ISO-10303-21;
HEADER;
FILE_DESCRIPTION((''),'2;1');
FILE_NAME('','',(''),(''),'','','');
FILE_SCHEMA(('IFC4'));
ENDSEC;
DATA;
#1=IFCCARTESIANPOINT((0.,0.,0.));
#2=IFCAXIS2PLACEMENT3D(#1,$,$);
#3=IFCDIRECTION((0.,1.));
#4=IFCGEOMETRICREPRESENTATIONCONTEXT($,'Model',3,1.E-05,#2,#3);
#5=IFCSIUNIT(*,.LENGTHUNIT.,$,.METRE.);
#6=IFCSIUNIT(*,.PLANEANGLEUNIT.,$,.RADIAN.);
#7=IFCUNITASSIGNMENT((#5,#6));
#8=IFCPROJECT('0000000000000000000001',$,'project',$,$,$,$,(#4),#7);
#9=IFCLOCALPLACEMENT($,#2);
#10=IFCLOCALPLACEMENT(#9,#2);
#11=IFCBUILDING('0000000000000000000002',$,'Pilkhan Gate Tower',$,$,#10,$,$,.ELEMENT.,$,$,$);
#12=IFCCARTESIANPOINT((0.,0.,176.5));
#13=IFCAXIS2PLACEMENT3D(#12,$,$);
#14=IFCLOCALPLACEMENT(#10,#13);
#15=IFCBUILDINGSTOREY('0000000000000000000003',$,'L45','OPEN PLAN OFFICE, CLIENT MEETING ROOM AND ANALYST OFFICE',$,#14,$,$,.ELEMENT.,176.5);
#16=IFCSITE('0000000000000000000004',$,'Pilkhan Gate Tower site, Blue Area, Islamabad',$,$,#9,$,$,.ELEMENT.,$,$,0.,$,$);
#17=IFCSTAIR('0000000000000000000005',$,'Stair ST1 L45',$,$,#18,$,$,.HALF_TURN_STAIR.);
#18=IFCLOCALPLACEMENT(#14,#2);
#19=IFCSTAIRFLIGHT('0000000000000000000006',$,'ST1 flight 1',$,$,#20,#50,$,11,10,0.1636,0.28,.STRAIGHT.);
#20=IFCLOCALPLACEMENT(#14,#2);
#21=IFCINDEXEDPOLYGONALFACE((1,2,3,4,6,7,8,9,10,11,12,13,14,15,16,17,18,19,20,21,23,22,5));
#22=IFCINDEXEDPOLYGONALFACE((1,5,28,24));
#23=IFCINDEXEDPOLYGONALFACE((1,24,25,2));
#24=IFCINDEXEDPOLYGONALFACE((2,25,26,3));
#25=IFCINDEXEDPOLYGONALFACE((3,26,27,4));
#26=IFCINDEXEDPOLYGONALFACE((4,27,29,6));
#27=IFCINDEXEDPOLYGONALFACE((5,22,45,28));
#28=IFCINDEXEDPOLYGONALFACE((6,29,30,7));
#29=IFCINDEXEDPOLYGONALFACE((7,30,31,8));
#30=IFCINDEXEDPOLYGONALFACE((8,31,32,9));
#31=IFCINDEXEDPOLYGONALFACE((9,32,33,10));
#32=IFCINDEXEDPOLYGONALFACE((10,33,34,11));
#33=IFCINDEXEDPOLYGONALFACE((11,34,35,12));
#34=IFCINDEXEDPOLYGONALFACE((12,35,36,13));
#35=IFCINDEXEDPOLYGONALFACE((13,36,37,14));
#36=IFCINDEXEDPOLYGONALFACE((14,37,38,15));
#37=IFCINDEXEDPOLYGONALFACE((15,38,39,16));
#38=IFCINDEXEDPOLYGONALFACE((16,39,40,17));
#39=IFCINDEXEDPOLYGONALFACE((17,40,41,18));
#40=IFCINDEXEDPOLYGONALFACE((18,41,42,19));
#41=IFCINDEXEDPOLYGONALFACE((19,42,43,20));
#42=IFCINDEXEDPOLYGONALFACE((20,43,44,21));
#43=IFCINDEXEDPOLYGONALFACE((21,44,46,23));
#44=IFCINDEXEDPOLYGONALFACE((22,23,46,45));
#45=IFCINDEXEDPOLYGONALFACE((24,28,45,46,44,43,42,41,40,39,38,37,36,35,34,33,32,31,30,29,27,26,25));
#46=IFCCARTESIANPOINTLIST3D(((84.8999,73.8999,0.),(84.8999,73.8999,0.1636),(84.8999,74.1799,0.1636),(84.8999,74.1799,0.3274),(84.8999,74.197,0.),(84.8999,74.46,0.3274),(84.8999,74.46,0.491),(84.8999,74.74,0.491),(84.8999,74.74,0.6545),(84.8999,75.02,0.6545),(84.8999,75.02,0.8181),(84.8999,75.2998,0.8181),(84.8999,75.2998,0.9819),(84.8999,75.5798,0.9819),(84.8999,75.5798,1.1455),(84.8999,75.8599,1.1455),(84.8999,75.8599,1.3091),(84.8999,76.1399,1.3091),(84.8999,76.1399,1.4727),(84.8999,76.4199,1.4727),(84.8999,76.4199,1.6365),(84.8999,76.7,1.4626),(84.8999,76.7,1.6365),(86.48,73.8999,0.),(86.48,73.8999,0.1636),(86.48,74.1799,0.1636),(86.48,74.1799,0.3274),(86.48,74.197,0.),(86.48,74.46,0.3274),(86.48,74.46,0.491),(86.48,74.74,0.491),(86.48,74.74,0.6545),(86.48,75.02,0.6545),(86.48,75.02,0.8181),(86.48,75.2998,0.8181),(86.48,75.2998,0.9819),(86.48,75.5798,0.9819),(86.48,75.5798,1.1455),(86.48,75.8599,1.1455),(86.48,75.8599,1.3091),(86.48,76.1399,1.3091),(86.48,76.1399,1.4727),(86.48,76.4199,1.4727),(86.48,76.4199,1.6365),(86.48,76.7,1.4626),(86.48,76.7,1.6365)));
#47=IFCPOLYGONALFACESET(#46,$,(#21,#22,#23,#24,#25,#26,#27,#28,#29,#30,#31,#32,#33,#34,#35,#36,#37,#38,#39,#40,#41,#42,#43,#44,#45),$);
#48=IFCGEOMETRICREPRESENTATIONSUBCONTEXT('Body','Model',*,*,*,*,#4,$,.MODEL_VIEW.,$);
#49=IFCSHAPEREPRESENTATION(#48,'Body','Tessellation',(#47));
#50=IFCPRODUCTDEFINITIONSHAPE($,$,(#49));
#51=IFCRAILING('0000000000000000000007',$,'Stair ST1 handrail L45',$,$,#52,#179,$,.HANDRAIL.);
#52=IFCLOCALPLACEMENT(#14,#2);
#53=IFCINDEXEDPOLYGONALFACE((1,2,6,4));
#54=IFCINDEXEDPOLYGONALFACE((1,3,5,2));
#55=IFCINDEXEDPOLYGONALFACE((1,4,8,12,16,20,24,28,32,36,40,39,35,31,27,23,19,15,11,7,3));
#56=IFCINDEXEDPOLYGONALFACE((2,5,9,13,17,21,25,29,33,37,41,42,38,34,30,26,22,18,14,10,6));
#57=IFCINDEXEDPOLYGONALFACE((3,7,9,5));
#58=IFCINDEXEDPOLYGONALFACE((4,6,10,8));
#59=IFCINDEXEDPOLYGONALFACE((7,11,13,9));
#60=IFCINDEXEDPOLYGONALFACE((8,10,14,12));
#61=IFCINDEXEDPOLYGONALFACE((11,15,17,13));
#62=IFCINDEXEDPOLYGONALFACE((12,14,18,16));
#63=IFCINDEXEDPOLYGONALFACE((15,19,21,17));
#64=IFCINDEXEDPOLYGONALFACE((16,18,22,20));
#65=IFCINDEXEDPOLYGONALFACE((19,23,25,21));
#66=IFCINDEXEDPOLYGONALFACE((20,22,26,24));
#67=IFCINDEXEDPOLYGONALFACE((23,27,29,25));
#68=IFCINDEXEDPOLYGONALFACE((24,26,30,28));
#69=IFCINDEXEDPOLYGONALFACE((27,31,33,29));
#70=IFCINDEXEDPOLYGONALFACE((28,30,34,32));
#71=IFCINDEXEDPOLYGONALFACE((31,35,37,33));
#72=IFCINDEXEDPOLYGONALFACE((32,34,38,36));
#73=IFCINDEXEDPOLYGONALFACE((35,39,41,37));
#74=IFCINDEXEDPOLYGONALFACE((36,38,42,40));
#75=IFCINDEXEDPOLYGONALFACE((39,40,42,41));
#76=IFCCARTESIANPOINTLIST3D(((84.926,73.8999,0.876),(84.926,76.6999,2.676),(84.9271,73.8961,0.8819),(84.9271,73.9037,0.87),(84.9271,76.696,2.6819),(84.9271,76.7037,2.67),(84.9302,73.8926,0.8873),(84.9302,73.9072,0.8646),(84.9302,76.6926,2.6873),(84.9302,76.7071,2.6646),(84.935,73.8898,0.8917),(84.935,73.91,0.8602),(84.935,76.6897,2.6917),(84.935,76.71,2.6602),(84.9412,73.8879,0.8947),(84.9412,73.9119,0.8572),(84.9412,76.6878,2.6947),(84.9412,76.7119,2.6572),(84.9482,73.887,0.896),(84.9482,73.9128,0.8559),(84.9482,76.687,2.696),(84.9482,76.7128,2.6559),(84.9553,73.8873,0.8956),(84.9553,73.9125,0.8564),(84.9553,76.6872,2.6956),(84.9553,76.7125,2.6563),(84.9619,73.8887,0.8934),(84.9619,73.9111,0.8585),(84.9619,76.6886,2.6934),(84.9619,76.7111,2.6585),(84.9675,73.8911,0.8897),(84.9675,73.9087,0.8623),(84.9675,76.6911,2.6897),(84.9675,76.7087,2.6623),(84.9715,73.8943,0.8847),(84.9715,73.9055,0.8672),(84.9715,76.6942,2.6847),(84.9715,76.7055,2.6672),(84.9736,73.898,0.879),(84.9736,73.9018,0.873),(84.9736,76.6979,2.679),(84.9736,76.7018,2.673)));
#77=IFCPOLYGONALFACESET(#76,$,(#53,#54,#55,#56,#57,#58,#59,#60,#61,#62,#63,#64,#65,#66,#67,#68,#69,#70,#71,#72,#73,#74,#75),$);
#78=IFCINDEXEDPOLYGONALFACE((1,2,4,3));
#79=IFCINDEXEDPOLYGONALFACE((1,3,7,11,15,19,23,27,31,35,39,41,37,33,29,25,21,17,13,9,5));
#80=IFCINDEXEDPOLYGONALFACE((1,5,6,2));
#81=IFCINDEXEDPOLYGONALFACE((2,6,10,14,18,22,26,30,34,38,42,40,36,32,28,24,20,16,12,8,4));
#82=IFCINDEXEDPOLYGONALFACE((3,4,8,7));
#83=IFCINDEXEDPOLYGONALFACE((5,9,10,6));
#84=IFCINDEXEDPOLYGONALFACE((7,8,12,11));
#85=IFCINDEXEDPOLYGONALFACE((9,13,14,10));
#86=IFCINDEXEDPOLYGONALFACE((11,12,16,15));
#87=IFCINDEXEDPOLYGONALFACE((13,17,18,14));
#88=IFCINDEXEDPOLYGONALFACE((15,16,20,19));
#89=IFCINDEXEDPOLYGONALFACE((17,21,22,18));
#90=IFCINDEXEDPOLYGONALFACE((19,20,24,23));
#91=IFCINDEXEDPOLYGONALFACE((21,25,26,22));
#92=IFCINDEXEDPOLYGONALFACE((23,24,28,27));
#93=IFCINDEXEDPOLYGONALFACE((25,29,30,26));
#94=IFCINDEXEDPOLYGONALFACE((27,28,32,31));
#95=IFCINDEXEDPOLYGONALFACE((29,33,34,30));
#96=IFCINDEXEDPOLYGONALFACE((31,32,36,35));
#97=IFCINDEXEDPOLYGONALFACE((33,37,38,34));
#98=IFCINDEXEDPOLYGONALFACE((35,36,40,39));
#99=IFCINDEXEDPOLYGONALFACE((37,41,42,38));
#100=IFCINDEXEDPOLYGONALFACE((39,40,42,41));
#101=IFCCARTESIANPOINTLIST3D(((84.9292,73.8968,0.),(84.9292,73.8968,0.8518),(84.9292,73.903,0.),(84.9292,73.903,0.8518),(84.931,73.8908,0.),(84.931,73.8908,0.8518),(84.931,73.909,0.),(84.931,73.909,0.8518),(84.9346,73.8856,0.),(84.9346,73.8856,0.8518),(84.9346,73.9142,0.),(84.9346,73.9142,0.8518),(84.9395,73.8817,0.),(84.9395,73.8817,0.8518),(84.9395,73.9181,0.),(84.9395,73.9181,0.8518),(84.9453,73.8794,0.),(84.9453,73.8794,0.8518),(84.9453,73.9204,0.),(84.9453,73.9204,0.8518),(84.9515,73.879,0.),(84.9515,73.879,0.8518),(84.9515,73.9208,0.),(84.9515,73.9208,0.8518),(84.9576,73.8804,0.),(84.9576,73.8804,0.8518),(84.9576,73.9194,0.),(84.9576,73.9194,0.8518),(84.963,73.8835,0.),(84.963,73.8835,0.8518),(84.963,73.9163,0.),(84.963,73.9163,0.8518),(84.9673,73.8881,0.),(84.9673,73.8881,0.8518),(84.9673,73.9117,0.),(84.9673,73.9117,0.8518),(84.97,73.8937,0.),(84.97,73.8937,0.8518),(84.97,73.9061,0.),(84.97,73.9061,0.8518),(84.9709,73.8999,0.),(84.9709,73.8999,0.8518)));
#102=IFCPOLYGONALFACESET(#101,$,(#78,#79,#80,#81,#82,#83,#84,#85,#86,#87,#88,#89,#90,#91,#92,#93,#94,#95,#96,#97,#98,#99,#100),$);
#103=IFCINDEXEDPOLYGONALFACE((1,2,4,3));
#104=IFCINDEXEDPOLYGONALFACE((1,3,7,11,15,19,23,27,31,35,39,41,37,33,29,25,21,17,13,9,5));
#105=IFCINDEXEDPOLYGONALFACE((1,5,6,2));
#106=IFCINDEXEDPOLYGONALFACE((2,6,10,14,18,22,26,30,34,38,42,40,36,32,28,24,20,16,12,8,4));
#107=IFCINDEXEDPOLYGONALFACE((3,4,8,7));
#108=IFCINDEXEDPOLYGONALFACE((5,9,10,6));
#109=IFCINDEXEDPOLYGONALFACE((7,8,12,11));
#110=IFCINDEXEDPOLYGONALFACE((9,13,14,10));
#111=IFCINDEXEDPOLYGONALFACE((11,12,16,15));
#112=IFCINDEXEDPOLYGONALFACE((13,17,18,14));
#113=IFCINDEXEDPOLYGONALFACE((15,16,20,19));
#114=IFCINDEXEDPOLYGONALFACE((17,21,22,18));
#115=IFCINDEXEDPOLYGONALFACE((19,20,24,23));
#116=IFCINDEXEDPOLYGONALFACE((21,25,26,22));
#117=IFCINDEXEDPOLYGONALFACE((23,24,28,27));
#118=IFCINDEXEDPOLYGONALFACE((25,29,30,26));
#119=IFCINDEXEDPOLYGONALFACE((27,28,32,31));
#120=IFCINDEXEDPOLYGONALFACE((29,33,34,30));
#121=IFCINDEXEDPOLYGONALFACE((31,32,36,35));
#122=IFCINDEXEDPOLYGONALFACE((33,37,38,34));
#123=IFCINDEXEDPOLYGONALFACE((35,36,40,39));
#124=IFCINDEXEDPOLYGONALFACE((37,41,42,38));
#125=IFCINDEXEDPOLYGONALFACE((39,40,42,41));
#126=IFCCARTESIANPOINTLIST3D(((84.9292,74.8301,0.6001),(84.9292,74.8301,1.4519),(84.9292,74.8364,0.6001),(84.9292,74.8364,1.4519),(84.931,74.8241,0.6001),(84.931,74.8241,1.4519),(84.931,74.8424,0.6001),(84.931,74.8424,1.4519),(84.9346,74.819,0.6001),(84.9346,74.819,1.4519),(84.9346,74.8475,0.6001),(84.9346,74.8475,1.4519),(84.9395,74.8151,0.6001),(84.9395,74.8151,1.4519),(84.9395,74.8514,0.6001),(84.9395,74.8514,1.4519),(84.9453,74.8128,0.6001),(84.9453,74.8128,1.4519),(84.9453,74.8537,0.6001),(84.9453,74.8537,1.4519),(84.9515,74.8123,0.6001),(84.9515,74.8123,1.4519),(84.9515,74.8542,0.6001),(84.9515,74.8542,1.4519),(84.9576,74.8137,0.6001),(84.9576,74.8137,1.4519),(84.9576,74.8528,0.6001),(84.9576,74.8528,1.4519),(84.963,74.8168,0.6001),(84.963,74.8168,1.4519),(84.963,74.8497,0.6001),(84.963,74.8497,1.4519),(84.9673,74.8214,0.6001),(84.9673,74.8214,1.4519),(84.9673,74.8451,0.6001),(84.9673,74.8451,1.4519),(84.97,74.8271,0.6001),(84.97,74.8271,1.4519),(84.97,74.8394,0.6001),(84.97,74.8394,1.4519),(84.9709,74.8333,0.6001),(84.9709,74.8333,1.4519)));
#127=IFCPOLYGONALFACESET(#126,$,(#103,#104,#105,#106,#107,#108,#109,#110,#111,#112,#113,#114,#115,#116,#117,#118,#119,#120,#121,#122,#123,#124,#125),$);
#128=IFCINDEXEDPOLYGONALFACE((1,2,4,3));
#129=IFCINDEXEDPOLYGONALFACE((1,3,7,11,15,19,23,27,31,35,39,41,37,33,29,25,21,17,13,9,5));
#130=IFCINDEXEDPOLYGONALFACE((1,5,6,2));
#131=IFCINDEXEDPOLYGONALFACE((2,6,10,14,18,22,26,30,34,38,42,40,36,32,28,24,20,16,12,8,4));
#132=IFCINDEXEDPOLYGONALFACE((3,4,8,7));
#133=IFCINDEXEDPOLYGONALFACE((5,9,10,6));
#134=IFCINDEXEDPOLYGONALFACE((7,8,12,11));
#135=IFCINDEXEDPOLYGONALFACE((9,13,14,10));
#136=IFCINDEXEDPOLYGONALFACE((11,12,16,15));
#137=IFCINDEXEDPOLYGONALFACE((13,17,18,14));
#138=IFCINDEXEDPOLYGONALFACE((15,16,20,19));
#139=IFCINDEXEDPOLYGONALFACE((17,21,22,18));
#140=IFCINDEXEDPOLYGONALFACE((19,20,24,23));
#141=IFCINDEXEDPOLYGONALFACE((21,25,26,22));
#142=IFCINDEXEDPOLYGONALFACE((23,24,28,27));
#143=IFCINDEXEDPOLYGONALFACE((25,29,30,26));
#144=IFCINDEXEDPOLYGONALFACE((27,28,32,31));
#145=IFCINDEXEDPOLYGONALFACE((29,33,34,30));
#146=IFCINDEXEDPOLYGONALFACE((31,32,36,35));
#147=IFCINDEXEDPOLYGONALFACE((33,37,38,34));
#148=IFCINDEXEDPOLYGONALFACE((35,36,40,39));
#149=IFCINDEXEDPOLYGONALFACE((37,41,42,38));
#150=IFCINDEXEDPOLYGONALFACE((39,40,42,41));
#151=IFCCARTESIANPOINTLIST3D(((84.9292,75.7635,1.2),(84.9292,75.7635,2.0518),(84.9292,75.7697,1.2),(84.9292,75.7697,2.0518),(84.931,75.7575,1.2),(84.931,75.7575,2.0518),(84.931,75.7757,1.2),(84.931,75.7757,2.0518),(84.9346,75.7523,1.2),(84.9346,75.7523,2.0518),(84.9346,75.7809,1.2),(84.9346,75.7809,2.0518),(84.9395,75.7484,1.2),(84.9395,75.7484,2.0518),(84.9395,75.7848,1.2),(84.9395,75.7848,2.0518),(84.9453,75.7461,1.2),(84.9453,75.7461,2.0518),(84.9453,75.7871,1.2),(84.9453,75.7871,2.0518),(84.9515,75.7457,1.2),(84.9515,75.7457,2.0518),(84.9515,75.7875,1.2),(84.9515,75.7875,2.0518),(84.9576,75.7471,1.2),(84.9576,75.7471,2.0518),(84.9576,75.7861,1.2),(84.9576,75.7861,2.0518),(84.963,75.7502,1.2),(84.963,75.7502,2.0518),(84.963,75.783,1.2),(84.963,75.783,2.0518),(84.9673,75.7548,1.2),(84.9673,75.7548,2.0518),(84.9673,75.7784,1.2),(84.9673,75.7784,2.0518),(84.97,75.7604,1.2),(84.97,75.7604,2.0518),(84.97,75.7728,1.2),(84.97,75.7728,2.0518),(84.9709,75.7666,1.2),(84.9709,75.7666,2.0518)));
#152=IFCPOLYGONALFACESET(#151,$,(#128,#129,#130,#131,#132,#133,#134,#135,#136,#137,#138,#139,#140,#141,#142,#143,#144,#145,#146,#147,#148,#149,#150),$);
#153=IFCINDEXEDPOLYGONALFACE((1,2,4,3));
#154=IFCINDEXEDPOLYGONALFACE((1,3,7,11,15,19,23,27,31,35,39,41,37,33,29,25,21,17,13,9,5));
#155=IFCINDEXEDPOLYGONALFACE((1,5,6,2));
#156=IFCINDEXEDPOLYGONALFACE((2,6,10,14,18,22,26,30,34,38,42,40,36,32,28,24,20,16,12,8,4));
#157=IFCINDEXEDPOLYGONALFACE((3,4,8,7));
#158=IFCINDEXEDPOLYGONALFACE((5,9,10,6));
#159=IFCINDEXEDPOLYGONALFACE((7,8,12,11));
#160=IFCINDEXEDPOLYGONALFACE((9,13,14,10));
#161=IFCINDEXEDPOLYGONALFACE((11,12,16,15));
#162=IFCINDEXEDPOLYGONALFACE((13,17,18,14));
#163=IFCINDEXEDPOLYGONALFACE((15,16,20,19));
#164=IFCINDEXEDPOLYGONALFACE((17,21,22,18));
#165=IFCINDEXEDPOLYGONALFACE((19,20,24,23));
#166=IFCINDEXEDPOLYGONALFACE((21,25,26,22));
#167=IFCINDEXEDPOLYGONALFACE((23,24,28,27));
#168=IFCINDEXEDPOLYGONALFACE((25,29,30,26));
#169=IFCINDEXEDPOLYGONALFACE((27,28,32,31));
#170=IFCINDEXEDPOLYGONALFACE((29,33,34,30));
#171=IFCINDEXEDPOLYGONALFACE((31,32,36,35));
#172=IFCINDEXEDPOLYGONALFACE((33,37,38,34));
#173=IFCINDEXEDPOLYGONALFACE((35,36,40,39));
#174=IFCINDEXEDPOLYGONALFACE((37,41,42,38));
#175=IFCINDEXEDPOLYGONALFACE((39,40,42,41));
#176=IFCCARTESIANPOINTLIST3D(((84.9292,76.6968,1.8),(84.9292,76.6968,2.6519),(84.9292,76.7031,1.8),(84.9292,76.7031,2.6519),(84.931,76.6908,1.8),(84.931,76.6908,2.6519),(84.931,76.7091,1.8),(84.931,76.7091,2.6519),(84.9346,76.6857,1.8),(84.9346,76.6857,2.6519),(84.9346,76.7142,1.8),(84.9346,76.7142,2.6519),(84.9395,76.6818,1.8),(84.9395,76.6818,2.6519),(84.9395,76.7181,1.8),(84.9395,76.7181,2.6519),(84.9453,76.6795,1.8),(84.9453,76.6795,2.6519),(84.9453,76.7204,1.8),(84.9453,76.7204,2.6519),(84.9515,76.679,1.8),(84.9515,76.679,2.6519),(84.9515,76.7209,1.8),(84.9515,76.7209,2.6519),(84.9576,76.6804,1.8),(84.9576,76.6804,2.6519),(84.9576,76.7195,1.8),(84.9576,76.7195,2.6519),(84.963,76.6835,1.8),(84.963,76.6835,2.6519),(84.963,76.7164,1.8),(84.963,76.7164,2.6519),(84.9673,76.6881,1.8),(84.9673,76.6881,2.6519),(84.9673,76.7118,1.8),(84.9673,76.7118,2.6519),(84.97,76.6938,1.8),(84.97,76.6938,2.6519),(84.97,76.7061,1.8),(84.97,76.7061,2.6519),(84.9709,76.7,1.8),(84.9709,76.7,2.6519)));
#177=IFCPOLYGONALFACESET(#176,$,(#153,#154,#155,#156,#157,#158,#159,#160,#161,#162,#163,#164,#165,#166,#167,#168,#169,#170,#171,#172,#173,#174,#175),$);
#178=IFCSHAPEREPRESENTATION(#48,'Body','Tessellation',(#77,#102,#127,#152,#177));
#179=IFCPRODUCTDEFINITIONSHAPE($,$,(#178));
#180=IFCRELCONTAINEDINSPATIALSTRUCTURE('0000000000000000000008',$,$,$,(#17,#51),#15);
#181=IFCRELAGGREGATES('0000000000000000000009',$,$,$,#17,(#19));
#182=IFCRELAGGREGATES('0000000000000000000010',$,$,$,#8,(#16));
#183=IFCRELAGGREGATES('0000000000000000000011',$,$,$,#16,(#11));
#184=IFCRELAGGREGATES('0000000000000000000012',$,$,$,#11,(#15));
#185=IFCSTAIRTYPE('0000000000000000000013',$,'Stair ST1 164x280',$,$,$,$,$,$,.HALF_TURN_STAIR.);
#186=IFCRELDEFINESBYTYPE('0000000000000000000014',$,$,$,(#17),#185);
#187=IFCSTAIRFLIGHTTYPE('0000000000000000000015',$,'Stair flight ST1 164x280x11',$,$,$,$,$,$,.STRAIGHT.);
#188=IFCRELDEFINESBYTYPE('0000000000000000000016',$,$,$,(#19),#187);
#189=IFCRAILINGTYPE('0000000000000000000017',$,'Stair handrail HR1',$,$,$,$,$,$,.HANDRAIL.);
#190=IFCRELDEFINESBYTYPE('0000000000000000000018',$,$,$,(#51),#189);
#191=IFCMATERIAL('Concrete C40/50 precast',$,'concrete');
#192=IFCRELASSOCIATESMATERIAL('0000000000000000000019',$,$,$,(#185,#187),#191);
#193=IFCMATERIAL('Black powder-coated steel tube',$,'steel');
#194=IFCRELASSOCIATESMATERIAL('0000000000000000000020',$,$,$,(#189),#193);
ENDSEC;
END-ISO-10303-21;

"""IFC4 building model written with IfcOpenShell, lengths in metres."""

from ifc_helpers import new_model, si_unit, direction, frame, origin, origin_2d, place, context, subcontext, project, spatial, polyline, circle, outline, extrude, material, type_object, element, aggregate, save


model = new_model("IFC4")

# Units and contexts
model_context = context("Model", 3, precision=1e-05, world=origin(), true_north=direction((0.0, 1.0)))
body_context = subcontext(model_context, "Body", "Model", "MODEL_VIEW")
ifc_project = project(units=[si_unit("LENGTHUNIT", "METRE"), si_unit("PLANEANGLEUNIT", "RADIAN")], contexts=[model_context])

# Site, building, storey
site_placement = place(None, origin())
site = spatial("IfcSite", under=ifc_project, at=site_placement, Name="Pilkhan Gate Tower site, Blue Area, Islamabad", CompositionType="ELEMENT", RefElevation=0.0)
building_placement = place(site_placement, origin())
building = spatial("IfcBuilding", under=site, at=building_placement, Name="Pilkhan Gate Tower", CompositionType="ELEMENT")
storey_placement = place(building_placement, frame((0.0, 0.0, 176.5)))
storey = spatial("IfcBuildingStorey", under=building, at=storey_placement, Name="L45", Description="OPEN PLAN OFFICE, CLIENT MEETING ROOM AND ANALYST OFFICE", CompositionType="ELEMENT", Elevation=176.5)

# Stair, stair flight
ifc_material_1 = material(Name="Concrete C40/50 precast", Category="concrete")
stair_type = type_object("IfcStairType", Name="Stair ST1 164x280", PredefinedType="HALF_TURN_STAIR", material=ifc_material_1)
stair_placement = place(storey_placement, origin())
stair = element("IfcStair", 1, at=stair_placement, inside=storey, type_object=stair_type, Name="Stair ST1 L45", PredefinedType="HALF_TURN_STAIR")
stair_flight_type = type_object("IfcStairFlightType", Name="Stair flight ST1 164x280x11", PredefinedType="STRAIGHT", material=ifc_material_1)
stair_flight_placement = place(storey_placement, frame((85.6899, 73.8999, 0.0), z_axis=(0.0, 0.0, 1.0), x_axis=(0.0, 1.0, 0.0)))
stair_flight = element("IfcStairFlight", 2, at=stair_flight_placement, type_object=stair_flight_type, Name="ST1 flight 1", NumberOfRisers=11, NumberOfTreads=10, PredefinedType="STRAIGHT", RiserHeight=0.1636, TreadLength=0.28, context=body_context, shape_type="SweptSolid", body=[
    extrude(outline(polyline([(0.0, 0.0), (0.0, 0.1636), (0.28, 0.1636), (0.28, 0.3274), (0.5601, 0.3274), (0.5601, 0.491), (0.8401, 0.491), (0.8401, 0.6545), (1.1201, 0.6545), (1.1201, 0.8181), (1.3999, 0.8181), (1.3999, 0.9819), (1.6799, 0.9819), (1.6799, 1.1455), (1.96, 1.1455), (1.96, 1.3091), (2.24, 1.3091), (2.24, 1.4727), (2.52, 1.4727), (2.52, 1.6365), (2.8, 1.6365), (2.8, 1.8), (2.8, 1.4626), (0.2971, 0.0), (0.0, 0.0)])), frame((0.0, 0.79, 0.0), z_axis=(0.0, -1.0, 0.0), x_axis=(1.0, 0.0, 0.0)), (0.0, 0.0, 1.0), 1.5801),
])
aggregate(stair, [stair_flight])

# Railing
ifc_material_2 = material(Name="Black powder-coated steel tube", Category="steel")
railing_type_1 = type_object("IfcRailingType", Name="Stair handrail HR1", PredefinedType="HANDRAIL", material=ifc_material_2)
railing_1_placement = place(storey_placement, frame((84.95, 73.8999, 0.0)))
element("IfcRailing", 3, at=railing_1_placement, inside=storey, type_object=railing_type_1, Name="Stair ST1 handrail L45", PredefinedType="HANDRAIL", context=body_context, shape_type="SweptSolid", body=[
    extrude(circle(Radius=0.0239, at=origin_2d()), frame((0.0, 0.0, 0.876), z_axis=(0.0, 0.841176, 0.540761), x_axis=(-1.0, 0.0, 0.0)), (0.0, 0.0, 1.0), 3.3286),
    extrude(circle(Radius=0.021, at=origin_2d()), origin(), (0.0, 0.0, 1.0), 0.8518),
    extrude(circle(Radius=0.021, at=origin_2d()), frame((0.0, 0.9333, 0.6001)), (0.0, 0.0, 1.0), 0.8518),
    extrude(circle(Radius=0.021, at=origin_2d()), frame((0.0, 1.8667, 1.2)), (0.0, 0.0, 1.0), 0.8518),
    extrude(circle(Radius=0.021, at=origin_2d()), frame((0.0, 2.8, 1.8)), (0.0, 0.0, 1.0), 0.8518),
])

save(model, "model.ifc")
